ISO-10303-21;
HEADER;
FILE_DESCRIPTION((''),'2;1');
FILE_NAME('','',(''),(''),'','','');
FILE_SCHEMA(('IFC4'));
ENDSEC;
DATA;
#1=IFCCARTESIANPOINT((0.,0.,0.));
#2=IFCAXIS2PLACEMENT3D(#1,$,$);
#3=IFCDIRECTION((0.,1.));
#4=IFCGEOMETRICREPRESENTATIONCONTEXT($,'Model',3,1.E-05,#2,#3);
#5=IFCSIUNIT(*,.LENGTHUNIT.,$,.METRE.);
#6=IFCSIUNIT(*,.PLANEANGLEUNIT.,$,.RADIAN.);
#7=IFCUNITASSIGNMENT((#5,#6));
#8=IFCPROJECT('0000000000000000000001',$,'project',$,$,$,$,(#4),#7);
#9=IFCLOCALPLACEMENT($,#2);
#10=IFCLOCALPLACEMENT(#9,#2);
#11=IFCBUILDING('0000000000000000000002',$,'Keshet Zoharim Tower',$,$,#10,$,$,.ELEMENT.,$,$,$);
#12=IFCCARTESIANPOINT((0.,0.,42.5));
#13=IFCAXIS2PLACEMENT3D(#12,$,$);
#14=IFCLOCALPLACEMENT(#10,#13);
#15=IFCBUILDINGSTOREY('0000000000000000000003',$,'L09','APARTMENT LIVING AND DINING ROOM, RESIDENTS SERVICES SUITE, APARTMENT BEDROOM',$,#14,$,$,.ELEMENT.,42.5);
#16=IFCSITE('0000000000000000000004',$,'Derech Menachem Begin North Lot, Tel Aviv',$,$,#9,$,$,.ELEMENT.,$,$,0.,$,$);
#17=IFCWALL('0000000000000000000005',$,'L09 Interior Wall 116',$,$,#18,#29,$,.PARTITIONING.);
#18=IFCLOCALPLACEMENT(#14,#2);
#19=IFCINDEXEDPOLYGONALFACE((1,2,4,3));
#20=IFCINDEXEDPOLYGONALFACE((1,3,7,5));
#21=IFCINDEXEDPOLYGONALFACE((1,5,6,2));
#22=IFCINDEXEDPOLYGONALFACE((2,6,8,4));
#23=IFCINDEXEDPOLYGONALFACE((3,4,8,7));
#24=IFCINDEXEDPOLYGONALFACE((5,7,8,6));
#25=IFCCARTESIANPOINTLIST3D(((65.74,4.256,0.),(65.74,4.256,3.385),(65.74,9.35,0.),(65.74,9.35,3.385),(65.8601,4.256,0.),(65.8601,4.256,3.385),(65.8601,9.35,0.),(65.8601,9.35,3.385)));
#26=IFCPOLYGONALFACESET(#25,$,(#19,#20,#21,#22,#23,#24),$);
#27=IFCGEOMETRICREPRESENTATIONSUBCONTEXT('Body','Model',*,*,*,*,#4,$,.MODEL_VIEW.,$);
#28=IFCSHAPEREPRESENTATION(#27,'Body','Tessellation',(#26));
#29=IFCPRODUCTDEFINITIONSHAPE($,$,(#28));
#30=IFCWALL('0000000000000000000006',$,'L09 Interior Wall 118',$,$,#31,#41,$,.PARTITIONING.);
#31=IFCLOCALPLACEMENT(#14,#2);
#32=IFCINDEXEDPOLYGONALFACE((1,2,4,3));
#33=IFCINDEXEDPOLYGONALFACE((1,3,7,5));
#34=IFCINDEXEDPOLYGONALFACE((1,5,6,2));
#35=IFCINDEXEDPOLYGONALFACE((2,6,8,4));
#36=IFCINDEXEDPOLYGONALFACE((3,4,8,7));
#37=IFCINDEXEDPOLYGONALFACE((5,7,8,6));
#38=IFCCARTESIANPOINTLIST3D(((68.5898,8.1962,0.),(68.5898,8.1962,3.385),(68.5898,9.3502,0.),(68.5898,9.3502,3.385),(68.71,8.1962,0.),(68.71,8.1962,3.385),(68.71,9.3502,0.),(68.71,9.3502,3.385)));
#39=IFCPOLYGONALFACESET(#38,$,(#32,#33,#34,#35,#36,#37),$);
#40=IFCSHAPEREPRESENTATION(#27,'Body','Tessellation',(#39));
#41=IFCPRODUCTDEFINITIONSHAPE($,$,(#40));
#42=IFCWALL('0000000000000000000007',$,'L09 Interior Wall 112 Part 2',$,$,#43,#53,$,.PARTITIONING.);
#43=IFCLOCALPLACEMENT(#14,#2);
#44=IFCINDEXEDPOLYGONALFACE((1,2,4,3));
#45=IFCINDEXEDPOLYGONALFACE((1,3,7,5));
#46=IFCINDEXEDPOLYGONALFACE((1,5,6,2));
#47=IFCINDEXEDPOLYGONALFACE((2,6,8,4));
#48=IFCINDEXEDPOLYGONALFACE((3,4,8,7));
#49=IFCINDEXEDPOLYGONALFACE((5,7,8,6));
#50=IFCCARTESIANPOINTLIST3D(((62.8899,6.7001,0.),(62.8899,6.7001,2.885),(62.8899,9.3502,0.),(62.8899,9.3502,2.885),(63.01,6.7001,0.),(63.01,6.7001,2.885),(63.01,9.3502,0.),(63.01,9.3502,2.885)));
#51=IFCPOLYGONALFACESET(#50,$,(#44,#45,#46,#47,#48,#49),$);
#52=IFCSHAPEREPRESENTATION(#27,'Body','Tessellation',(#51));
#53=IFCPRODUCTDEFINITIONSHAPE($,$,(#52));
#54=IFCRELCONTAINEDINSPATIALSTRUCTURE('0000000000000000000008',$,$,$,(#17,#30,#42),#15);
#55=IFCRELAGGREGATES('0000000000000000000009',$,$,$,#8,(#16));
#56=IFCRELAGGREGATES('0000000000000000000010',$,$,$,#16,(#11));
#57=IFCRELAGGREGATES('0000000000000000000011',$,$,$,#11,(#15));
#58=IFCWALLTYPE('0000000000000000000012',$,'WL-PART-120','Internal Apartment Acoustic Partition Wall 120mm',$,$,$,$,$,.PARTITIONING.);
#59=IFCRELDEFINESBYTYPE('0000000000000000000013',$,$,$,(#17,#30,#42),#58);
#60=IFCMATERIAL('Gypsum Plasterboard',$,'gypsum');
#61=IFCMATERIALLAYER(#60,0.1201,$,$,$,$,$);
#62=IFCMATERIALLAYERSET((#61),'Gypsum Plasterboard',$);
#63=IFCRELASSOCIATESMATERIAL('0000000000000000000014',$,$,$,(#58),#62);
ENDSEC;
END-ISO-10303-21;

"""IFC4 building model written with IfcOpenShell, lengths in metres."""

from ifc_helpers import new_model, si_unit, direction, frame, frame_2d, origin, place, context, subcontext, project, spatial, rectangle, extrude, material, layer, layer_set, type_object, element, save


model = new_model("IFC4")

# Units and contexts
model_context = context("Model", 3, precision=1e-05, world=origin(), true_north=direction((0.0, 1.0)))
body_context = subcontext(model_context, "Body", "Model", "MODEL_VIEW")
ifc_project = project(units=[si_unit("LENGTHUNIT", "METRE"), si_unit("PLANEANGLEUNIT", "RADIAN")], contexts=[model_context])

# Site, building, storey
site_placement = place(None, origin())
site = spatial("IfcSite", under=ifc_project, at=site_placement, Name="Derech Menachem Begin North Lot, Tel Aviv", CompositionType="ELEMENT", RefElevation=0.0)
building_placement = place(site_placement, origin())
building = spatial("IfcBuilding", under=site, at=building_placement, Name="Keshet Zoharim Tower", CompositionType="ELEMENT")
storey_placement = place(building_placement, frame((0.0, 0.0, 42.5)))
storey = spatial("IfcBuildingStorey", under=building, at=storey_placement, Name="L09", Description="APARTMENT LIVING AND DINING ROOM, RESIDENTS SERVICES SUITE, APARTMENT BEDROOM", CompositionType="ELEMENT", Elevation=42.5)

# Walls
ifc_material_1 = material(Name="Gypsum Plasterboard", Category="gypsum")
ifc_layer_1 = layer(ifc_material_1, 0.1201)
ifc_layer_set_1 = layer_set([ifc_layer_1], Name="Gypsum Plasterboard")
wall_type = type_object("IfcWallType", Name="WL-PART-120", Description="Internal Apartment Acoustic Partition Wall 120mm", PredefinedType="PARTITIONING", material=ifc_layer_set_1)
wall_1_placement = place(storey_placement, frame((65.8, 4.2561, 0.0), z_axis=(0.0, 0.0, 1.0), x_axis=(0.0, 1.0, 0.0)))
element("IfcWall", 1, at=wall_1_placement, inside=storey, type_object=wall_type, Name="L09 Interior Wall 116", PredefinedType="PARTITIONING", context=body_context, shape_type="SweptSolid", body=[
    extrude(rectangle(XDim=5.094, YDim=0.1201, at=frame_2d((2.5469, 0.0))), origin(), (0.0, 0.0, 1.0), 3.385),
])
wall_2_placement = place(storey_placement, frame((68.6499, 8.196, 0.0), z_axis=(0.0, 0.0, 1.0), x_axis=(0.0, 1.0, 0.0)))
element("IfcWall", 2, at=wall_2_placement, inside=storey, type_object=wall_type, Name="L09 Interior Wall 118", PredefinedType="PARTITIONING", context=body_context, shape_type="SweptSolid", body=[
    extrude(rectangle(XDim=1.1541, YDim=0.1201, at=frame_2d((0.5771, 0.0))), origin(), (0.0, 0.0, 1.0), 3.385),
])
wall_3_placement = place(storey_placement, frame((62.95, 6.7, 0.0), z_axis=(0.0, 0.0, 1.0), x_axis=(0.0, 1.0, 0.0)))
element("IfcWall", 3, at=wall_3_placement, inside=storey, type_object=wall_type, Name="L09 Interior Wall 112 Part 2", PredefinedType="PARTITIONING", context=body_context, shape_type="SweptSolid", body=[
    extrude(rectangle(XDim=2.6501, YDim=0.1201, at=frame_2d((1.3252, 0.0))), origin(), (0.0, 0.0, 1.0), 2.885),
])

save(model, "model.ifc")
